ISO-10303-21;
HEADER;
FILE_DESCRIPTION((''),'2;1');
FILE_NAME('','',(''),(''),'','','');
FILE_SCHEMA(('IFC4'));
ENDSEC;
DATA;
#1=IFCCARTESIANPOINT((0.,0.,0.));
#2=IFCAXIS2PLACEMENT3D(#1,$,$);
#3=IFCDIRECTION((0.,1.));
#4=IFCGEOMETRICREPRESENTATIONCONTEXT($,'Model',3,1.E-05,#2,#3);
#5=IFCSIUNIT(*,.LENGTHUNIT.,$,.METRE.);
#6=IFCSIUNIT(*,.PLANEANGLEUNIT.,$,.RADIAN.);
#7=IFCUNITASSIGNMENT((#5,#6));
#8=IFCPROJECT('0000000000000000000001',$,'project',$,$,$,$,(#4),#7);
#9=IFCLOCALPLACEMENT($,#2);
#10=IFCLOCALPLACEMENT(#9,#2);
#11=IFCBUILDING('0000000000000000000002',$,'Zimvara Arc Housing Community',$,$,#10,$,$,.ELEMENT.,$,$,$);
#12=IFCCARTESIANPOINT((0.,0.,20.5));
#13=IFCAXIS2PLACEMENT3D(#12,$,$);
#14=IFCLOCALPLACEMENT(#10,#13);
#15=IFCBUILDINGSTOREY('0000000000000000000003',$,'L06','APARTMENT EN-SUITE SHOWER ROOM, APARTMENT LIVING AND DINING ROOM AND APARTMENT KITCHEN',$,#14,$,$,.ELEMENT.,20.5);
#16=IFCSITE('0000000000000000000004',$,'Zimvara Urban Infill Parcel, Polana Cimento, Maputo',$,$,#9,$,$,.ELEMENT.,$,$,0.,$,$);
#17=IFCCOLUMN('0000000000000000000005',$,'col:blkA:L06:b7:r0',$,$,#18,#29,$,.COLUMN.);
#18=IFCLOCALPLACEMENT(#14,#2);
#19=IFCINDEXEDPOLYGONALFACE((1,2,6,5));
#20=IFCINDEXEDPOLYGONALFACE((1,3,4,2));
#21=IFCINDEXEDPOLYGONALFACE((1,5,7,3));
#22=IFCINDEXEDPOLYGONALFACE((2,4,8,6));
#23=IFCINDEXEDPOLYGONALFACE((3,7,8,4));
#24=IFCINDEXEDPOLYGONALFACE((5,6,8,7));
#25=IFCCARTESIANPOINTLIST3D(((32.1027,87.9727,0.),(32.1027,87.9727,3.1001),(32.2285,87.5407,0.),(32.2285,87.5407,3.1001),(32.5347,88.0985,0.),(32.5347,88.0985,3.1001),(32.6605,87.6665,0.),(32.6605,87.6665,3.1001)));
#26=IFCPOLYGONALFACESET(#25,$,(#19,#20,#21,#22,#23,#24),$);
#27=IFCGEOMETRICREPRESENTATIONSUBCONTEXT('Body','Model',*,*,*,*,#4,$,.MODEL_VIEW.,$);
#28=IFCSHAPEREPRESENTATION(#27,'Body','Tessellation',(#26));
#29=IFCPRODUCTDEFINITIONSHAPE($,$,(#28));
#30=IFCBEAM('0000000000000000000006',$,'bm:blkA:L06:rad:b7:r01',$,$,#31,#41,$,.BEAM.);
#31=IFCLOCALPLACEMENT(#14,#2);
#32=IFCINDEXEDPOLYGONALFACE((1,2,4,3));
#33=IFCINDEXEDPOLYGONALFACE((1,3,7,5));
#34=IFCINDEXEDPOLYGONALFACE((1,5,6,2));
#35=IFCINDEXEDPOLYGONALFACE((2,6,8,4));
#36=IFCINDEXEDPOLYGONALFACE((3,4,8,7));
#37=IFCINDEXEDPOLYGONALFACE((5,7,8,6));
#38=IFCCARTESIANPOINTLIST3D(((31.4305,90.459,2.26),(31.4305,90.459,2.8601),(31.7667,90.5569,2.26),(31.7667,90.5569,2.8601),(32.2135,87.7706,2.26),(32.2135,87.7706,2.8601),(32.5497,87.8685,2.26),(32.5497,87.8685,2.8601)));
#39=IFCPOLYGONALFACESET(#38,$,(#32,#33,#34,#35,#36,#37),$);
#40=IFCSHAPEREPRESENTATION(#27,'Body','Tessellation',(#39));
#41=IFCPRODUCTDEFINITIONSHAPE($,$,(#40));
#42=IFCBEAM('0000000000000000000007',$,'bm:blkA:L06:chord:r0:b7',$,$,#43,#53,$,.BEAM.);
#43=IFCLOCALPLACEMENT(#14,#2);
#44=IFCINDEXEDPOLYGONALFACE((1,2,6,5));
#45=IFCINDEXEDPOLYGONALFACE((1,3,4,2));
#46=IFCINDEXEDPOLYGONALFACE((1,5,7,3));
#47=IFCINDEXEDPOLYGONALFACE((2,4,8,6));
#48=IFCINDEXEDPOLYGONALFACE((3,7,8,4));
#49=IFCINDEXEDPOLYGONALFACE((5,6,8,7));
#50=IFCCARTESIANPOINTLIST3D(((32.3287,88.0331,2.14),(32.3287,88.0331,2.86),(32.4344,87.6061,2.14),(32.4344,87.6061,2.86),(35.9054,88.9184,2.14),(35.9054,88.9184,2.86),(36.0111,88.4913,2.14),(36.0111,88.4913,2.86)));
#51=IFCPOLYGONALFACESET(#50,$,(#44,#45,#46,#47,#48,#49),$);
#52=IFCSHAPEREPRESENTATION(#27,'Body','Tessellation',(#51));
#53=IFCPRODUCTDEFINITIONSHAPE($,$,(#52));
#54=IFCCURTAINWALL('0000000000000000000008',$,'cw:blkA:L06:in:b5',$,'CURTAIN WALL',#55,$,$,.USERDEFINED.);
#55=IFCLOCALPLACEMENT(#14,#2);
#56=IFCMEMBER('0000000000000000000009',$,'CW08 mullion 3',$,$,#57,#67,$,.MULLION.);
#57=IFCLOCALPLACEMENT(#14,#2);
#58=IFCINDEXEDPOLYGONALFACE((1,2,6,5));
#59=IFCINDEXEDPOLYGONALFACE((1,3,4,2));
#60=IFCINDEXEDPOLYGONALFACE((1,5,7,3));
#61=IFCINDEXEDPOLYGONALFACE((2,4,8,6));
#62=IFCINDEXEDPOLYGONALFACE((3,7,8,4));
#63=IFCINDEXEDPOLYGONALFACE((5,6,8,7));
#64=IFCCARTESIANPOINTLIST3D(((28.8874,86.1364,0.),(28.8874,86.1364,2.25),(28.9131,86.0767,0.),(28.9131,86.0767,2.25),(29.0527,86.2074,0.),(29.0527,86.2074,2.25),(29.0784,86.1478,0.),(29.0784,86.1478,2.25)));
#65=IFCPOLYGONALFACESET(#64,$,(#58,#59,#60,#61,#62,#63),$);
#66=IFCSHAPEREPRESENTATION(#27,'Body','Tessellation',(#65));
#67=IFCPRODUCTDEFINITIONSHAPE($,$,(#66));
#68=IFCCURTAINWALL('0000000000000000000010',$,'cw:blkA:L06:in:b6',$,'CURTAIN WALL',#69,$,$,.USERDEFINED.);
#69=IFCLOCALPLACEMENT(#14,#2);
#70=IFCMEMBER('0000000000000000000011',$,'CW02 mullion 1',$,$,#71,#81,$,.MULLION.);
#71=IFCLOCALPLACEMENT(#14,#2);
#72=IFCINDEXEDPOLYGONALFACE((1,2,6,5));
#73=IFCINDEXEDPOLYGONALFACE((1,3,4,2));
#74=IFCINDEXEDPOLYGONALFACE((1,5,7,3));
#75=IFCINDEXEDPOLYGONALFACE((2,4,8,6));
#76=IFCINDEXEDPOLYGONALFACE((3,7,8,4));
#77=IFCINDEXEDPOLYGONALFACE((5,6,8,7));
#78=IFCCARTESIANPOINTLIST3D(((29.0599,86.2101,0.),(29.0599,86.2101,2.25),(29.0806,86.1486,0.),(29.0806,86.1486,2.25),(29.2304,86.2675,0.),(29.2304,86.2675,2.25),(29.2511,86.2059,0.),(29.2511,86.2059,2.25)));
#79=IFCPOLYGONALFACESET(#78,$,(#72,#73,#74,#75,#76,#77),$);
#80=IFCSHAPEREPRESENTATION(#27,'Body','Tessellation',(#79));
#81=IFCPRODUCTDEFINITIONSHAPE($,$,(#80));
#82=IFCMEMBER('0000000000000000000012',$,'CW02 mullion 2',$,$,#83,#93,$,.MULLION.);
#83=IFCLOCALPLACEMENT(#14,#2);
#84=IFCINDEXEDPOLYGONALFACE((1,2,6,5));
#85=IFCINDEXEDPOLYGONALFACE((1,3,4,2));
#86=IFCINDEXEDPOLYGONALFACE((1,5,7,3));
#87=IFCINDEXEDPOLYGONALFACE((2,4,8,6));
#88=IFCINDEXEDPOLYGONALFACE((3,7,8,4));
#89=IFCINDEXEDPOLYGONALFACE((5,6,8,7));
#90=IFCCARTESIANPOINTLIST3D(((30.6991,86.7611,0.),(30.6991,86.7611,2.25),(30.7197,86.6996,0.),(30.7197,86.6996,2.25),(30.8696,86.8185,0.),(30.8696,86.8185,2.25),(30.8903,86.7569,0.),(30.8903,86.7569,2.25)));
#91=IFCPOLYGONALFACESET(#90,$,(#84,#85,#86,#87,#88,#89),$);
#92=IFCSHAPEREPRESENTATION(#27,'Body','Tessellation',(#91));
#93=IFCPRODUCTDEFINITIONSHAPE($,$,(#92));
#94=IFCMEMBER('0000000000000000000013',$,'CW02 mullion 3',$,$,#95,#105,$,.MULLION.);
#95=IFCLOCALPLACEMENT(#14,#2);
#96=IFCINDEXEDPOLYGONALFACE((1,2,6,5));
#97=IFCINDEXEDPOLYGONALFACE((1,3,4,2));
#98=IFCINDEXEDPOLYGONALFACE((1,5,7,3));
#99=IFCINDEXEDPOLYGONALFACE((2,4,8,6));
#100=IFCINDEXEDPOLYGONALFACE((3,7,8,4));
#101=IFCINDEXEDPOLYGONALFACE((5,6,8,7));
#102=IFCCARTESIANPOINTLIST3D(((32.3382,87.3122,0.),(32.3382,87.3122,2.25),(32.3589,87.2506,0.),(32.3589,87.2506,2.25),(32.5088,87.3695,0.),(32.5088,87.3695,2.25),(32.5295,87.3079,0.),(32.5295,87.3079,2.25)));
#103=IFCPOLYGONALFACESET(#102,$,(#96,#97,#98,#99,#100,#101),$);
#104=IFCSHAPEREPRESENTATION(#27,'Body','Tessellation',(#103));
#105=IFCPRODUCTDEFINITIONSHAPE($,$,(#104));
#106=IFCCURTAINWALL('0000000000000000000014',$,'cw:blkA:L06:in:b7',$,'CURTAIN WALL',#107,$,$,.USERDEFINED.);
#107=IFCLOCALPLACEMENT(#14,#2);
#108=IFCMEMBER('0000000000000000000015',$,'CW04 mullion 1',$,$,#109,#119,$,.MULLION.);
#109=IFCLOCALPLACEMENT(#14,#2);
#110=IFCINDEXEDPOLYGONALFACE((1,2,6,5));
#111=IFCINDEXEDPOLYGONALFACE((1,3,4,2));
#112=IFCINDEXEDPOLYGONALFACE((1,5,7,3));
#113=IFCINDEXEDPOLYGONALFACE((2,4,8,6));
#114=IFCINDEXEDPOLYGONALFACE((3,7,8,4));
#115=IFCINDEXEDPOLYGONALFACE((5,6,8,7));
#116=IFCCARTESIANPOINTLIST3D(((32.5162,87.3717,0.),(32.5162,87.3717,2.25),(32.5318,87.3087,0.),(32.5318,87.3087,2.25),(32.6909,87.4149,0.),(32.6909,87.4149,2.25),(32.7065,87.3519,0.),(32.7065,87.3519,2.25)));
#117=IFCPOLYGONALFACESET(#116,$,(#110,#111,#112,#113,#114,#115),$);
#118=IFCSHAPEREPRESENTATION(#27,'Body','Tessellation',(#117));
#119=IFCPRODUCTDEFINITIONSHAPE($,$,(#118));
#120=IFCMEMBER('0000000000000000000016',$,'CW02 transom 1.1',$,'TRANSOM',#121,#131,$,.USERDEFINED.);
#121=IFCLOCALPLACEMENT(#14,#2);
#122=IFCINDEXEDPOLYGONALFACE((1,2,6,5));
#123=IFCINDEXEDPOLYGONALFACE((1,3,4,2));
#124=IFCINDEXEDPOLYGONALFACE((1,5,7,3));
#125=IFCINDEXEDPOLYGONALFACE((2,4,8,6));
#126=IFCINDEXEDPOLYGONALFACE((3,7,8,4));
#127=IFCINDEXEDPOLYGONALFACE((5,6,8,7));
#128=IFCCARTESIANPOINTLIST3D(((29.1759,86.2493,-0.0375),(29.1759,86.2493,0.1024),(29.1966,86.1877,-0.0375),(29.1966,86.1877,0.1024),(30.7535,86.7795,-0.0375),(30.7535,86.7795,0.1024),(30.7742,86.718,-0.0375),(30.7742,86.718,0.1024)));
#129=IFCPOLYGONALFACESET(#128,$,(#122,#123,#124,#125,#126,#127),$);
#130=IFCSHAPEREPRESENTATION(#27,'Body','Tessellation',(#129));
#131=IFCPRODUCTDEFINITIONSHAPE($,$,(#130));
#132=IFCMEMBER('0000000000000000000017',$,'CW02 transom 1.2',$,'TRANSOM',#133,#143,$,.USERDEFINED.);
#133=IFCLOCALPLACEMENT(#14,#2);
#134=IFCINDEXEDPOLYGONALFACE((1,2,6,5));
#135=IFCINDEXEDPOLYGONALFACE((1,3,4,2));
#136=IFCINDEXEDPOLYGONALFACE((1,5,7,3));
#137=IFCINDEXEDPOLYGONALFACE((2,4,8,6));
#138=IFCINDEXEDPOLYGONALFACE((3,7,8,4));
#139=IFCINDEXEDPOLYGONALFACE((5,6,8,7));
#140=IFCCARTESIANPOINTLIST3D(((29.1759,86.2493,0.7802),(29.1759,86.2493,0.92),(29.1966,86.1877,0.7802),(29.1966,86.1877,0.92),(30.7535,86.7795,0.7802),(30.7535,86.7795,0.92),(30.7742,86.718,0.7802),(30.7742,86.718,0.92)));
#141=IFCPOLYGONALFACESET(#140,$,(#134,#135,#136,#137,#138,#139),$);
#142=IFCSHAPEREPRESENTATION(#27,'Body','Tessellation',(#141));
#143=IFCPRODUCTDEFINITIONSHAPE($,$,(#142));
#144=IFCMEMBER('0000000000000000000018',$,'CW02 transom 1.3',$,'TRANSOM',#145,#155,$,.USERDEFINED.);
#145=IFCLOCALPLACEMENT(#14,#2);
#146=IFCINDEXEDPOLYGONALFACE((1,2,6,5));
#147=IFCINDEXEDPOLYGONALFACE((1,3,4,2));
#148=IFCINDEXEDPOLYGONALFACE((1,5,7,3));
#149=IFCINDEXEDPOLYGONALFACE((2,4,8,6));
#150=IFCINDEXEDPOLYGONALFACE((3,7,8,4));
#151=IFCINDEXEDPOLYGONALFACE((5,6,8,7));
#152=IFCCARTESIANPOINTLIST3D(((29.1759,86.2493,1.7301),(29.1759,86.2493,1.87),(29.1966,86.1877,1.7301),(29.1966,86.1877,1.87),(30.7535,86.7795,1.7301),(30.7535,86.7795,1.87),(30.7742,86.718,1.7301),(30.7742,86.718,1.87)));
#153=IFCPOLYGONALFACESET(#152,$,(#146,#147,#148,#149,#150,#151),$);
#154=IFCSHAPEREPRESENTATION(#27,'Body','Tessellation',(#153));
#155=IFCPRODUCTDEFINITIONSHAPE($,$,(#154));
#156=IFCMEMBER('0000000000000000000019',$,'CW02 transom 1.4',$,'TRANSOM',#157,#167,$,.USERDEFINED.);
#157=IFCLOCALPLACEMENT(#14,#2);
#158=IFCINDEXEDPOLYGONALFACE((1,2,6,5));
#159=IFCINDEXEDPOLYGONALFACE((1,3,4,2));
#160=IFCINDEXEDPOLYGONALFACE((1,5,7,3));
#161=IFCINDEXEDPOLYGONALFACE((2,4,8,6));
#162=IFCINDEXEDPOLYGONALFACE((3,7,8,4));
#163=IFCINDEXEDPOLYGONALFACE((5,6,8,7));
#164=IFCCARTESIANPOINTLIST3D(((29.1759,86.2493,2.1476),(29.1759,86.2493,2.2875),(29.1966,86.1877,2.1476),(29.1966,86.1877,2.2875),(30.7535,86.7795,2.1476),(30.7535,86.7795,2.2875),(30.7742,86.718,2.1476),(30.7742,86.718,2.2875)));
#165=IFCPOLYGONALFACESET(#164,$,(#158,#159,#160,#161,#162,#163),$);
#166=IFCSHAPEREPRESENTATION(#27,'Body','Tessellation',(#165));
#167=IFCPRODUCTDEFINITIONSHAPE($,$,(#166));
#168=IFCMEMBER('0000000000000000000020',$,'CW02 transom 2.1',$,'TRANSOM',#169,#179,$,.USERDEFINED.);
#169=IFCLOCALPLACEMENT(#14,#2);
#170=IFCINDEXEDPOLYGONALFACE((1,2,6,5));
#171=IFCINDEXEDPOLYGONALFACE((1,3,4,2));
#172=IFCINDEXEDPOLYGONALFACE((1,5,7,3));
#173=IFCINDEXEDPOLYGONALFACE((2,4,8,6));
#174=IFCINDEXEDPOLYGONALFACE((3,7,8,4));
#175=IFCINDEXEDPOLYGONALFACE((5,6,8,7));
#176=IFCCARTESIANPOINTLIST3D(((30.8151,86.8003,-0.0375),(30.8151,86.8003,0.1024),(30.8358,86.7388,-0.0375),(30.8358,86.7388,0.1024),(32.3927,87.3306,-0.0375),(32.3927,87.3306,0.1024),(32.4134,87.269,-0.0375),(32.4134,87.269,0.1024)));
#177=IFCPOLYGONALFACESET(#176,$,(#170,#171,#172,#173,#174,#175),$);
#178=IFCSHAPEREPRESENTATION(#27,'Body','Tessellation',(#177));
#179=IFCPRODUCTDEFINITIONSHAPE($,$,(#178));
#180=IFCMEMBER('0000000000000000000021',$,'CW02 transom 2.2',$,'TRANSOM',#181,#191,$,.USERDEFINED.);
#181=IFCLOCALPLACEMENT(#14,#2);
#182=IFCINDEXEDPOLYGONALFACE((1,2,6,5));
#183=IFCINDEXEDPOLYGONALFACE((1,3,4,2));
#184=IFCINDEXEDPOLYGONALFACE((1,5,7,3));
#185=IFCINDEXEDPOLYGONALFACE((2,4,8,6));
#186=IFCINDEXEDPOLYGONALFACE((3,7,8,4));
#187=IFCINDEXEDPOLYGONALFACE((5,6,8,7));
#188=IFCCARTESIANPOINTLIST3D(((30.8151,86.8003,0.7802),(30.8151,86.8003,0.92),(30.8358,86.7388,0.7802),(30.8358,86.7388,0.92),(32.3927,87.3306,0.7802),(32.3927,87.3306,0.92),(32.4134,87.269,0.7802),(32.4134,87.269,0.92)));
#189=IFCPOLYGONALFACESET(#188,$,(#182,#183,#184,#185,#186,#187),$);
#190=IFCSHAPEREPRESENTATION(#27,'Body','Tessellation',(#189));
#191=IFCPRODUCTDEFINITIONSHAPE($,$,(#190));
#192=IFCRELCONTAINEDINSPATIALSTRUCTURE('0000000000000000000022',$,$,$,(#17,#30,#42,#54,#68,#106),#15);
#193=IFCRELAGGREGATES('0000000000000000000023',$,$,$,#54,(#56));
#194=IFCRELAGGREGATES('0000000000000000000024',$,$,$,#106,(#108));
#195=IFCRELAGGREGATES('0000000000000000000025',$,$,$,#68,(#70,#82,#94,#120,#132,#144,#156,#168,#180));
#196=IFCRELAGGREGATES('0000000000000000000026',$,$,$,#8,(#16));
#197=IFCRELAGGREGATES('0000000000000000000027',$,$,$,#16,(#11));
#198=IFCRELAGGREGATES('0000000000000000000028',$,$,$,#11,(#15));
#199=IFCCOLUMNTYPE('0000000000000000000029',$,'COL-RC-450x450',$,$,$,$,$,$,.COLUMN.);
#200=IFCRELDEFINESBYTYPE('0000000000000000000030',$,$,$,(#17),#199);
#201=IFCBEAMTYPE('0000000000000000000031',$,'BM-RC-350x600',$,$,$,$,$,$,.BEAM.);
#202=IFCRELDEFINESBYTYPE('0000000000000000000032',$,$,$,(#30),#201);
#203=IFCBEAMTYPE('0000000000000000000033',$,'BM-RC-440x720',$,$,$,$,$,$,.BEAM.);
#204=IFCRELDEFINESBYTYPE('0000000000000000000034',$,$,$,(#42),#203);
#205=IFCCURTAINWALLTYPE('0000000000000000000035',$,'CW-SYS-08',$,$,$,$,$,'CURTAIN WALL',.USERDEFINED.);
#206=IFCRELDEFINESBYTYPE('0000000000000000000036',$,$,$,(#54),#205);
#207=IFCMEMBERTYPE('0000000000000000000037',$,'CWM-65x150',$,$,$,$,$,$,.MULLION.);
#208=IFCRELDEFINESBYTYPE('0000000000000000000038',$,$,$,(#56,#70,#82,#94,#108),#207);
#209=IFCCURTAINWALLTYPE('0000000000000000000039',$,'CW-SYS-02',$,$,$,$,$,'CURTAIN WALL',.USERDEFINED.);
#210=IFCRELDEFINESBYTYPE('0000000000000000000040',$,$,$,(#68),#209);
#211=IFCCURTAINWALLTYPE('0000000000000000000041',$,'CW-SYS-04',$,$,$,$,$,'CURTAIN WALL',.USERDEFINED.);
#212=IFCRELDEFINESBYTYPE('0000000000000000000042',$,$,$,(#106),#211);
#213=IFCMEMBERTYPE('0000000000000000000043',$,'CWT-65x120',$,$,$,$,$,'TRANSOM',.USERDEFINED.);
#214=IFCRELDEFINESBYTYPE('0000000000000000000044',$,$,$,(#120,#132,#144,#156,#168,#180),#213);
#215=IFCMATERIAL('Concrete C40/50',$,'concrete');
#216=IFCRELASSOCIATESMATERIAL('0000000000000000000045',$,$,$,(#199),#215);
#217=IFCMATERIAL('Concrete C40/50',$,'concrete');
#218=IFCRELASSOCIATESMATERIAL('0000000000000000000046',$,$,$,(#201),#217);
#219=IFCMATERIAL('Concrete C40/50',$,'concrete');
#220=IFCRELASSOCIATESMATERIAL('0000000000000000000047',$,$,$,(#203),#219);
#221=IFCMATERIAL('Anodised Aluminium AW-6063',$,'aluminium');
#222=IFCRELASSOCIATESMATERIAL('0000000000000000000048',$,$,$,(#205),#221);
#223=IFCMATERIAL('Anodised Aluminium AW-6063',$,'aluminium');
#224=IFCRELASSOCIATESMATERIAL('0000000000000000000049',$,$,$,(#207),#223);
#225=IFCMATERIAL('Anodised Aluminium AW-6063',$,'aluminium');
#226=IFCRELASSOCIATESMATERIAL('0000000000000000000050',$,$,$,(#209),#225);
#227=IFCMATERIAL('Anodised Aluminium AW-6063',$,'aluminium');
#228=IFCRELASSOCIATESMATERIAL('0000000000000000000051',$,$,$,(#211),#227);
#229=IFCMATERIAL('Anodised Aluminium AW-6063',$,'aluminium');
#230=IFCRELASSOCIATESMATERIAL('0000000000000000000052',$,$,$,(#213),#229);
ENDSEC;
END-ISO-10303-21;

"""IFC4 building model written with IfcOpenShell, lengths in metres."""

from ifc_helpers import new_model, si_unit, direction, frame, origin, origin_2d, place, context, subcontext, project, spatial, rectangle, extrude, material, material_profile, profile_set, type_object, element, aggregate, save


model = new_model("IFC4")

# Units and contexts
model_context = context("Model", 3, precision=1e-05, world=origin(), true_north=direction((0.0, 1.0)))
body_context = subcontext(model_context, "Body", "Model", "MODEL_VIEW")
ifc_project = project(units=[si_unit("LENGTHUNIT", "METRE"), si_unit("PLANEANGLEUNIT", "RADIAN")], contexts=[model_context])

# Site, building, storey
site_placement = place(None, origin())
site = spatial("IfcSite", under=ifc_project, at=site_placement, Name="Zimvara Urban Infill Parcel, Polana Cimento, Maputo", CompositionType="ELEMENT", RefElevation=0.0)
building_placement = place(site_placement, origin())
building = spatial("IfcBuilding", under=site, at=building_placement, Name="Zimvara Arc Housing Community", CompositionType="ELEMENT")
storey_placement = place(building_placement, frame((0.0, 0.0, 20.5)))
storey = spatial("IfcBuildingStorey", under=building, at=storey_placement, Name="L06", Description="APARTMENT EN-SUITE SHOWER ROOM, APARTMENT LIVING AND DINING ROOM AND APARTMENT KITCHEN", CompositionType="ELEMENT", Elevation=20.5)

# Column
ifc_material_1 = material(Name="Concrete C40/50", Category="concrete")
ifc_material_profile_1 = material_profile(ifc_material_1, rectangle(XDim=0.45, YDim=0.45, at=origin_2d()), Name="RC 450x450")
ifc_profile_set_1 = profile_set([ifc_material_profile_1], Name="Concrete C40/50")
column_type = type_object("IfcColumnType", Name="COL-RC-450x450", PredefinedType="COLUMN", material=ifc_profile_set_1)
column_placement = place(storey_placement, frame((32.3816, 87.8196, 0.0), z_axis=(0.0, 0.0, 1.0), x_axis=(-0.279661, 0.960099, 0.0)))
element("IfcColumn", 1, at=column_placement, inside=storey, type_object=column_type, Name="col:blkA:L06:b7:r0", PredefinedType="COLUMN", context=body_context, shape_type="SweptSolid", body=[
    extrude(rectangle(XDim=0.45, YDim=0.45, at=origin_2d()), origin(), (0.0, 0.0, 1.0), 3.1001),
])

# Beams
ifc_material_2 = material(Name="Concrete C40/50", Category="concrete")
ifc_material_profile_2 = material_profile(ifc_material_2, rectangle(XDim=0.3501, YDim=0.6001, at=origin_2d()), Name="RC 350x600")
ifc_profile_set_2 = profile_set([ifc_material_profile_2], Name="Concrete C40/50")
beam_type_1 = type_object("IfcBeamType", Name="BM-RC-350x600", PredefinedType="BEAM", material=ifc_profile_set_2)
beam_1_placement = place(storey_placement, frame((32.3816, 87.8196, 2.5601), z_axis=(-0.279635, 0.960106, 0.0), x_axis=(-0.960106, -0.279635, 0.0)))
element("IfcBeam", 2, at=beam_1_placement, inside=storey, type_object=beam_type_1, Name="bm:blkA:L06:rad:b7:r01", PredefinedType="BEAM", context=body_context, shape_type="SweptSolid", body=[
    extrude(rectangle(XDim=0.3501, YDim=0.6001, at=origin_2d()), origin(), (0.0, 0.0, 1.0), 2.8),
])
ifc_material_3 = material(Name="Concrete C40/50", Category="concrete")
ifc_material_profile_3 = material_profile(ifc_material_3, rectangle(XDim=0.4399, YDim=0.72, at=origin_2d()), Name="RC 440x720")
ifc_profile_set_3 = profile_set([ifc_material_profile_3], Name="Concrete C40/50")
beam_type_2 = type_object("IfcBeamType", Name="BM-RC-440x720", PredefinedType="BEAM", material=ifc_profile_set_3)
beam_2_placement = place(storey_placement, frame((32.3816, 87.8196, 2.5), z_axis=(0.970709, 0.240259, 0.0), x_axis=(-0.240259, 0.970709, 0.0)))
element("IfcBeam", 3, at=beam_2_placement, inside=storey, type_object=beam_type_2, Name="bm:blkA:L06:chord:r0:b7", PredefinedType="BEAM", context=body_context, shape_type="SweptSolid", body=[
    extrude(rectangle(XDim=0.4399, YDim=0.72, at=origin_2d()), origin(), (0.0, 0.0, 1.0), 3.6846),
])

# Curtain wall, member
ifc_material_4 = material(Name="Anodised Aluminium AW-6063", Category="aluminium")
curtain_wall_type_1 = type_object("IfcCurtainWallType", Name="CW-SYS-08", ElementType="CURTAIN WALL", PredefinedType="USERDEFINED", material=ifc_material_4)
curtain_wall_1_placement = place(storey_placement, origin())
curtain_wall_1 = element("IfcCurtainWall", 4, at=curtain_wall_1_placement, inside=storey, type_object=curtain_wall_type_1, Name="cw:blkA:L06:in:b5", ObjectType="CURTAIN WALL", PredefinedType="USERDEFINED")
ifc_material_5 = material(Name="Anodised Aluminium AW-6063", Category="aluminium")
ifc_material_profile_4 = material_profile(ifc_material_5, rectangle(XDim=0.0649, YDim=0.1799, at=origin_2d()), Name="ALU 65x180")
ifc_profile_set_4 = profile_set([ifc_material_profile_4], Name="Anodised Aluminium AW-6063")
member_type_1 = type_object("IfcMemberType", Name="CWM-65x150", PredefinedType="MULLION", material=ifc_profile_set_4)
member_1_placement = place(storey_placement, frame((28.9829, 86.1421, 0.0), z_axis=(0.0, 0.0, 1.0), x_axis=(-0.394904, 0.918722, 0.0)))
member_1 = element("IfcMember", 5, at=member_1_placement, type_object=member_type_1, Name="CW08 mullion 3", PredefinedType="MULLION", context=body_context, shape_type="SweptSolid", body=[
    extrude(rectangle(XDim=0.0649, YDim=0.1799, at=origin_2d()), origin(), (0.0, 0.0, 1.0), 2.25),
])
aggregate(curtain_wall_1, [member_1])

# Curtain wall, members
ifc_material_6 = material(Name="Anodised Aluminium AW-6063", Category="aluminium")
curtain_wall_type_2 = type_object("IfcCurtainWallType", Name="CW-SYS-02", ElementType="CURTAIN WALL", PredefinedType="USERDEFINED", material=ifc_material_6)
curtain_wall_2_placement = place(storey_placement, origin())
curtain_wall_2 = element("IfcCurtainWall", 6, at=curtain_wall_2_placement, inside=storey, type_object=curtain_wall_type_2, Name="cw:blkA:L06:in:b6", ObjectType="CURTAIN WALL", PredefinedType="USERDEFINED")
member_2_placement = place(storey_placement, frame((29.1555, 86.208, 0.0), z_axis=(0.0, 0.0, 1.0), x_axis=(-0.31863, 0.947879, 0.0)))
member_2 = element("IfcMember", 7, at=member_2_placement, type_object=member_type_1, Name="CW02 mullion 1", PredefinedType="MULLION", context=body_context, shape_type="SweptSolid", body=[
    extrude(rectangle(XDim=0.0649, YDim=0.1799, at=origin_2d()), origin(), (0.0, 0.0, 1.0), 2.25),
])
member_3_placement = place(storey_placement, frame((30.7947, 86.759, 0.0), z_axis=(0.0, 0.0, 1.0), x_axis=(-0.31863, 0.947879, 0.0)))
member_3 = element("IfcMember", 8, at=member_3_placement, type_object=member_type_1, Name="CW02 mullion 2", PredefinedType="MULLION", context=body_context, shape_type="SweptSolid", body=[
    extrude(rectangle(XDim=0.0649, YDim=0.1799, at=origin_2d()), origin(), (0.0, 0.0, 1.0), 2.25),
])
member_4_placement = place(storey_placement, frame((32.4338, 87.3101, 0.0), z_axis=(0.0, 0.0, 1.0), x_axis=(-0.31863, 0.947879, 0.0)))
member_4 = element("IfcMember", 9, at=member_4_placement, type_object=member_type_1, Name="CW02 mullion 3", PredefinedType="MULLION", context=body_context, shape_type="SweptSolid", body=[
    extrude(rectangle(XDim=0.0649, YDim=0.1799, at=origin_2d()), origin(), (0.0, 0.0, 1.0), 2.25),
])

# Curtain wall, member
ifc_material_7 = material(Name="Anodised Aluminium AW-6063", Category="aluminium")
curtain_wall_type_3 = type_object("IfcCurtainWallType", Name="CW-SYS-04", ElementType="CURTAIN WALL", PredefinedType="USERDEFINED", material=ifc_material_7)
curtain_wall_3_placement = place(storey_placement, origin())
curtain_wall_3 = element("IfcCurtainWall", 10, at=curtain_wall_3_placement, inside=storey, type_object=curtain_wall_type_3, Name="cw:blkA:L06:in:b7", ObjectType="CURTAIN WALL", PredefinedType="USERDEFINED")
member_5_placement = place(storey_placement, frame((32.6113, 87.3618, 0.0), z_axis=(0.0, 0.0, 1.0), x_axis=(-0.240228, 0.970717, 0.0)))
member_5 = element("IfcMember", 11, at=member_5_placement, type_object=member_type_1, Name="CW04 mullion 1", PredefinedType="MULLION", context=body_context, shape_type="SweptSolid", body=[
    extrude(rectangle(XDim=0.0649, YDim=0.1799, at=origin_2d()), origin(), (0.0, 0.0, 1.0), 2.25),
])

# Members
ifc_material_8 = material(Name="Anodised Aluminium AW-6063", Category="aluminium")
ifc_material_profile_5 = material_profile(ifc_material_8, rectangle(XDim=0.0649, YDim=0.1399, at=origin_2d()), Name="ALU 65x140")
ifc_profile_set_5 = profile_set([ifc_material_profile_5], Name="Anodised Aluminium AW-6063")
member_type_2 = type_object("IfcMemberType", Name="CWT-65x120", ElementType="TRANSOM", PredefinedType="USERDEFINED", material=ifc_profile_set_5)
member_6_placement = place(storey_placement, frame((29.1863, 86.2185, 0.0325), z_axis=(0.947888, 0.318603, 0.0), x_axis=(-0.318603, 0.947888, 0.0)))
member_6 = element("IfcMember", 12, at=member_6_placement, type_object=member_type_2, Name="CW02 transom 1.1", ObjectType="TRANSOM", PredefinedType="USERDEFINED", context=body_context, shape_type="SweptSolid", body=[
    extrude(rectangle(XDim=0.0649, YDim=0.1399, at=origin_2d()), origin(), (0.0, 0.0, 1.0), 1.6643),
])
member_7_placement = place(storey_placement, frame((29.1863, 86.2185, 0.8501), z_axis=(0.947888, 0.318603, 0.0), x_axis=(-0.318603, 0.947888, 0.0)))
member_7 = element("IfcMember", 13, at=member_7_placement, type_object=member_type_2, Name="CW02 transom 1.2", ObjectType="TRANSOM", PredefinedType="USERDEFINED", context=body_context, shape_type="SweptSolid", body=[
    extrude(rectangle(XDim=0.0649, YDim=0.1399, at=origin_2d()), origin(), (0.0, 0.0, 1.0), 1.6643),
])
member_8_placement = place(storey_placement, frame((29.1863, 86.2185, 1.8), z_axis=(0.947888, 0.318603, 0.0), x_axis=(-0.318603, 0.947888, 0.0)))
member_8 = element("IfcMember", 14, at=member_8_placement, type_object=member_type_2, Name="CW02 transom 1.3", ObjectType="TRANSOM", PredefinedType="USERDEFINED", context=body_context, shape_type="SweptSolid", body=[
    extrude(rectangle(XDim=0.0649, YDim=0.1399, at=origin_2d()), origin(), (0.0, 0.0, 1.0), 1.6643),
])
member_9_placement = place(storey_placement, frame((29.1863, 86.2185, 2.2175), z_axis=(0.947888, 0.318603, 0.0), x_axis=(-0.318603, 0.947888, 0.0)))
member_9 = element("IfcMember", 15, at=member_9_placement, type_object=member_type_2, Name="CW02 transom 1.4", ObjectType="TRANSOM", PredefinedType="USERDEFINED", context=body_context, shape_type="SweptSolid", body=[
    extrude(rectangle(XDim=0.0649, YDim=0.1399, at=origin_2d()), origin(), (0.0, 0.0, 1.0), 1.6643),
])
member_10_placement = place(storey_placement, frame((30.8254, 86.7695, 0.0325), z_axis=(0.947888, 0.318603, 0.0), x_axis=(-0.318603, 0.947888, 0.0)))
member_10 = element("IfcMember", 16, at=member_10_placement, type_object=member_type_2, Name="CW02 transom 2.1", ObjectType="TRANSOM", PredefinedType="USERDEFINED", context=body_context, shape_type="SweptSolid", body=[
    extrude(rectangle(XDim=0.0649, YDim=0.1399, at=origin_2d()), origin(), (0.0, 0.0, 1.0), 1.6643),
])
member_11_placement = place(storey_placement, frame((30.8254, 86.7695, 0.8501), z_axis=(0.947888, 0.318603, 0.0), x_axis=(-0.318603, 0.947888, 0.0)))
member_11 = element("IfcMember", 17, at=member_11_placement, type_object=member_type_2, Name="CW02 transom 2.2", ObjectType="TRANSOM", PredefinedType="USERDEFINED", context=body_context, shape_type="SweptSolid", body=[
    extrude(rectangle(XDim=0.0649, YDim=0.1399, at=origin_2d()), origin(), (0.0, 0.0, 1.0), 1.6643),
])

aggregate(curtain_wall_3, [member_5])
aggregate(curtain_wall_2, [member_2, member_3, member_4, member_6, member_7, member_8, member_9, member_10, member_11])

save(model, "model.ifc")
